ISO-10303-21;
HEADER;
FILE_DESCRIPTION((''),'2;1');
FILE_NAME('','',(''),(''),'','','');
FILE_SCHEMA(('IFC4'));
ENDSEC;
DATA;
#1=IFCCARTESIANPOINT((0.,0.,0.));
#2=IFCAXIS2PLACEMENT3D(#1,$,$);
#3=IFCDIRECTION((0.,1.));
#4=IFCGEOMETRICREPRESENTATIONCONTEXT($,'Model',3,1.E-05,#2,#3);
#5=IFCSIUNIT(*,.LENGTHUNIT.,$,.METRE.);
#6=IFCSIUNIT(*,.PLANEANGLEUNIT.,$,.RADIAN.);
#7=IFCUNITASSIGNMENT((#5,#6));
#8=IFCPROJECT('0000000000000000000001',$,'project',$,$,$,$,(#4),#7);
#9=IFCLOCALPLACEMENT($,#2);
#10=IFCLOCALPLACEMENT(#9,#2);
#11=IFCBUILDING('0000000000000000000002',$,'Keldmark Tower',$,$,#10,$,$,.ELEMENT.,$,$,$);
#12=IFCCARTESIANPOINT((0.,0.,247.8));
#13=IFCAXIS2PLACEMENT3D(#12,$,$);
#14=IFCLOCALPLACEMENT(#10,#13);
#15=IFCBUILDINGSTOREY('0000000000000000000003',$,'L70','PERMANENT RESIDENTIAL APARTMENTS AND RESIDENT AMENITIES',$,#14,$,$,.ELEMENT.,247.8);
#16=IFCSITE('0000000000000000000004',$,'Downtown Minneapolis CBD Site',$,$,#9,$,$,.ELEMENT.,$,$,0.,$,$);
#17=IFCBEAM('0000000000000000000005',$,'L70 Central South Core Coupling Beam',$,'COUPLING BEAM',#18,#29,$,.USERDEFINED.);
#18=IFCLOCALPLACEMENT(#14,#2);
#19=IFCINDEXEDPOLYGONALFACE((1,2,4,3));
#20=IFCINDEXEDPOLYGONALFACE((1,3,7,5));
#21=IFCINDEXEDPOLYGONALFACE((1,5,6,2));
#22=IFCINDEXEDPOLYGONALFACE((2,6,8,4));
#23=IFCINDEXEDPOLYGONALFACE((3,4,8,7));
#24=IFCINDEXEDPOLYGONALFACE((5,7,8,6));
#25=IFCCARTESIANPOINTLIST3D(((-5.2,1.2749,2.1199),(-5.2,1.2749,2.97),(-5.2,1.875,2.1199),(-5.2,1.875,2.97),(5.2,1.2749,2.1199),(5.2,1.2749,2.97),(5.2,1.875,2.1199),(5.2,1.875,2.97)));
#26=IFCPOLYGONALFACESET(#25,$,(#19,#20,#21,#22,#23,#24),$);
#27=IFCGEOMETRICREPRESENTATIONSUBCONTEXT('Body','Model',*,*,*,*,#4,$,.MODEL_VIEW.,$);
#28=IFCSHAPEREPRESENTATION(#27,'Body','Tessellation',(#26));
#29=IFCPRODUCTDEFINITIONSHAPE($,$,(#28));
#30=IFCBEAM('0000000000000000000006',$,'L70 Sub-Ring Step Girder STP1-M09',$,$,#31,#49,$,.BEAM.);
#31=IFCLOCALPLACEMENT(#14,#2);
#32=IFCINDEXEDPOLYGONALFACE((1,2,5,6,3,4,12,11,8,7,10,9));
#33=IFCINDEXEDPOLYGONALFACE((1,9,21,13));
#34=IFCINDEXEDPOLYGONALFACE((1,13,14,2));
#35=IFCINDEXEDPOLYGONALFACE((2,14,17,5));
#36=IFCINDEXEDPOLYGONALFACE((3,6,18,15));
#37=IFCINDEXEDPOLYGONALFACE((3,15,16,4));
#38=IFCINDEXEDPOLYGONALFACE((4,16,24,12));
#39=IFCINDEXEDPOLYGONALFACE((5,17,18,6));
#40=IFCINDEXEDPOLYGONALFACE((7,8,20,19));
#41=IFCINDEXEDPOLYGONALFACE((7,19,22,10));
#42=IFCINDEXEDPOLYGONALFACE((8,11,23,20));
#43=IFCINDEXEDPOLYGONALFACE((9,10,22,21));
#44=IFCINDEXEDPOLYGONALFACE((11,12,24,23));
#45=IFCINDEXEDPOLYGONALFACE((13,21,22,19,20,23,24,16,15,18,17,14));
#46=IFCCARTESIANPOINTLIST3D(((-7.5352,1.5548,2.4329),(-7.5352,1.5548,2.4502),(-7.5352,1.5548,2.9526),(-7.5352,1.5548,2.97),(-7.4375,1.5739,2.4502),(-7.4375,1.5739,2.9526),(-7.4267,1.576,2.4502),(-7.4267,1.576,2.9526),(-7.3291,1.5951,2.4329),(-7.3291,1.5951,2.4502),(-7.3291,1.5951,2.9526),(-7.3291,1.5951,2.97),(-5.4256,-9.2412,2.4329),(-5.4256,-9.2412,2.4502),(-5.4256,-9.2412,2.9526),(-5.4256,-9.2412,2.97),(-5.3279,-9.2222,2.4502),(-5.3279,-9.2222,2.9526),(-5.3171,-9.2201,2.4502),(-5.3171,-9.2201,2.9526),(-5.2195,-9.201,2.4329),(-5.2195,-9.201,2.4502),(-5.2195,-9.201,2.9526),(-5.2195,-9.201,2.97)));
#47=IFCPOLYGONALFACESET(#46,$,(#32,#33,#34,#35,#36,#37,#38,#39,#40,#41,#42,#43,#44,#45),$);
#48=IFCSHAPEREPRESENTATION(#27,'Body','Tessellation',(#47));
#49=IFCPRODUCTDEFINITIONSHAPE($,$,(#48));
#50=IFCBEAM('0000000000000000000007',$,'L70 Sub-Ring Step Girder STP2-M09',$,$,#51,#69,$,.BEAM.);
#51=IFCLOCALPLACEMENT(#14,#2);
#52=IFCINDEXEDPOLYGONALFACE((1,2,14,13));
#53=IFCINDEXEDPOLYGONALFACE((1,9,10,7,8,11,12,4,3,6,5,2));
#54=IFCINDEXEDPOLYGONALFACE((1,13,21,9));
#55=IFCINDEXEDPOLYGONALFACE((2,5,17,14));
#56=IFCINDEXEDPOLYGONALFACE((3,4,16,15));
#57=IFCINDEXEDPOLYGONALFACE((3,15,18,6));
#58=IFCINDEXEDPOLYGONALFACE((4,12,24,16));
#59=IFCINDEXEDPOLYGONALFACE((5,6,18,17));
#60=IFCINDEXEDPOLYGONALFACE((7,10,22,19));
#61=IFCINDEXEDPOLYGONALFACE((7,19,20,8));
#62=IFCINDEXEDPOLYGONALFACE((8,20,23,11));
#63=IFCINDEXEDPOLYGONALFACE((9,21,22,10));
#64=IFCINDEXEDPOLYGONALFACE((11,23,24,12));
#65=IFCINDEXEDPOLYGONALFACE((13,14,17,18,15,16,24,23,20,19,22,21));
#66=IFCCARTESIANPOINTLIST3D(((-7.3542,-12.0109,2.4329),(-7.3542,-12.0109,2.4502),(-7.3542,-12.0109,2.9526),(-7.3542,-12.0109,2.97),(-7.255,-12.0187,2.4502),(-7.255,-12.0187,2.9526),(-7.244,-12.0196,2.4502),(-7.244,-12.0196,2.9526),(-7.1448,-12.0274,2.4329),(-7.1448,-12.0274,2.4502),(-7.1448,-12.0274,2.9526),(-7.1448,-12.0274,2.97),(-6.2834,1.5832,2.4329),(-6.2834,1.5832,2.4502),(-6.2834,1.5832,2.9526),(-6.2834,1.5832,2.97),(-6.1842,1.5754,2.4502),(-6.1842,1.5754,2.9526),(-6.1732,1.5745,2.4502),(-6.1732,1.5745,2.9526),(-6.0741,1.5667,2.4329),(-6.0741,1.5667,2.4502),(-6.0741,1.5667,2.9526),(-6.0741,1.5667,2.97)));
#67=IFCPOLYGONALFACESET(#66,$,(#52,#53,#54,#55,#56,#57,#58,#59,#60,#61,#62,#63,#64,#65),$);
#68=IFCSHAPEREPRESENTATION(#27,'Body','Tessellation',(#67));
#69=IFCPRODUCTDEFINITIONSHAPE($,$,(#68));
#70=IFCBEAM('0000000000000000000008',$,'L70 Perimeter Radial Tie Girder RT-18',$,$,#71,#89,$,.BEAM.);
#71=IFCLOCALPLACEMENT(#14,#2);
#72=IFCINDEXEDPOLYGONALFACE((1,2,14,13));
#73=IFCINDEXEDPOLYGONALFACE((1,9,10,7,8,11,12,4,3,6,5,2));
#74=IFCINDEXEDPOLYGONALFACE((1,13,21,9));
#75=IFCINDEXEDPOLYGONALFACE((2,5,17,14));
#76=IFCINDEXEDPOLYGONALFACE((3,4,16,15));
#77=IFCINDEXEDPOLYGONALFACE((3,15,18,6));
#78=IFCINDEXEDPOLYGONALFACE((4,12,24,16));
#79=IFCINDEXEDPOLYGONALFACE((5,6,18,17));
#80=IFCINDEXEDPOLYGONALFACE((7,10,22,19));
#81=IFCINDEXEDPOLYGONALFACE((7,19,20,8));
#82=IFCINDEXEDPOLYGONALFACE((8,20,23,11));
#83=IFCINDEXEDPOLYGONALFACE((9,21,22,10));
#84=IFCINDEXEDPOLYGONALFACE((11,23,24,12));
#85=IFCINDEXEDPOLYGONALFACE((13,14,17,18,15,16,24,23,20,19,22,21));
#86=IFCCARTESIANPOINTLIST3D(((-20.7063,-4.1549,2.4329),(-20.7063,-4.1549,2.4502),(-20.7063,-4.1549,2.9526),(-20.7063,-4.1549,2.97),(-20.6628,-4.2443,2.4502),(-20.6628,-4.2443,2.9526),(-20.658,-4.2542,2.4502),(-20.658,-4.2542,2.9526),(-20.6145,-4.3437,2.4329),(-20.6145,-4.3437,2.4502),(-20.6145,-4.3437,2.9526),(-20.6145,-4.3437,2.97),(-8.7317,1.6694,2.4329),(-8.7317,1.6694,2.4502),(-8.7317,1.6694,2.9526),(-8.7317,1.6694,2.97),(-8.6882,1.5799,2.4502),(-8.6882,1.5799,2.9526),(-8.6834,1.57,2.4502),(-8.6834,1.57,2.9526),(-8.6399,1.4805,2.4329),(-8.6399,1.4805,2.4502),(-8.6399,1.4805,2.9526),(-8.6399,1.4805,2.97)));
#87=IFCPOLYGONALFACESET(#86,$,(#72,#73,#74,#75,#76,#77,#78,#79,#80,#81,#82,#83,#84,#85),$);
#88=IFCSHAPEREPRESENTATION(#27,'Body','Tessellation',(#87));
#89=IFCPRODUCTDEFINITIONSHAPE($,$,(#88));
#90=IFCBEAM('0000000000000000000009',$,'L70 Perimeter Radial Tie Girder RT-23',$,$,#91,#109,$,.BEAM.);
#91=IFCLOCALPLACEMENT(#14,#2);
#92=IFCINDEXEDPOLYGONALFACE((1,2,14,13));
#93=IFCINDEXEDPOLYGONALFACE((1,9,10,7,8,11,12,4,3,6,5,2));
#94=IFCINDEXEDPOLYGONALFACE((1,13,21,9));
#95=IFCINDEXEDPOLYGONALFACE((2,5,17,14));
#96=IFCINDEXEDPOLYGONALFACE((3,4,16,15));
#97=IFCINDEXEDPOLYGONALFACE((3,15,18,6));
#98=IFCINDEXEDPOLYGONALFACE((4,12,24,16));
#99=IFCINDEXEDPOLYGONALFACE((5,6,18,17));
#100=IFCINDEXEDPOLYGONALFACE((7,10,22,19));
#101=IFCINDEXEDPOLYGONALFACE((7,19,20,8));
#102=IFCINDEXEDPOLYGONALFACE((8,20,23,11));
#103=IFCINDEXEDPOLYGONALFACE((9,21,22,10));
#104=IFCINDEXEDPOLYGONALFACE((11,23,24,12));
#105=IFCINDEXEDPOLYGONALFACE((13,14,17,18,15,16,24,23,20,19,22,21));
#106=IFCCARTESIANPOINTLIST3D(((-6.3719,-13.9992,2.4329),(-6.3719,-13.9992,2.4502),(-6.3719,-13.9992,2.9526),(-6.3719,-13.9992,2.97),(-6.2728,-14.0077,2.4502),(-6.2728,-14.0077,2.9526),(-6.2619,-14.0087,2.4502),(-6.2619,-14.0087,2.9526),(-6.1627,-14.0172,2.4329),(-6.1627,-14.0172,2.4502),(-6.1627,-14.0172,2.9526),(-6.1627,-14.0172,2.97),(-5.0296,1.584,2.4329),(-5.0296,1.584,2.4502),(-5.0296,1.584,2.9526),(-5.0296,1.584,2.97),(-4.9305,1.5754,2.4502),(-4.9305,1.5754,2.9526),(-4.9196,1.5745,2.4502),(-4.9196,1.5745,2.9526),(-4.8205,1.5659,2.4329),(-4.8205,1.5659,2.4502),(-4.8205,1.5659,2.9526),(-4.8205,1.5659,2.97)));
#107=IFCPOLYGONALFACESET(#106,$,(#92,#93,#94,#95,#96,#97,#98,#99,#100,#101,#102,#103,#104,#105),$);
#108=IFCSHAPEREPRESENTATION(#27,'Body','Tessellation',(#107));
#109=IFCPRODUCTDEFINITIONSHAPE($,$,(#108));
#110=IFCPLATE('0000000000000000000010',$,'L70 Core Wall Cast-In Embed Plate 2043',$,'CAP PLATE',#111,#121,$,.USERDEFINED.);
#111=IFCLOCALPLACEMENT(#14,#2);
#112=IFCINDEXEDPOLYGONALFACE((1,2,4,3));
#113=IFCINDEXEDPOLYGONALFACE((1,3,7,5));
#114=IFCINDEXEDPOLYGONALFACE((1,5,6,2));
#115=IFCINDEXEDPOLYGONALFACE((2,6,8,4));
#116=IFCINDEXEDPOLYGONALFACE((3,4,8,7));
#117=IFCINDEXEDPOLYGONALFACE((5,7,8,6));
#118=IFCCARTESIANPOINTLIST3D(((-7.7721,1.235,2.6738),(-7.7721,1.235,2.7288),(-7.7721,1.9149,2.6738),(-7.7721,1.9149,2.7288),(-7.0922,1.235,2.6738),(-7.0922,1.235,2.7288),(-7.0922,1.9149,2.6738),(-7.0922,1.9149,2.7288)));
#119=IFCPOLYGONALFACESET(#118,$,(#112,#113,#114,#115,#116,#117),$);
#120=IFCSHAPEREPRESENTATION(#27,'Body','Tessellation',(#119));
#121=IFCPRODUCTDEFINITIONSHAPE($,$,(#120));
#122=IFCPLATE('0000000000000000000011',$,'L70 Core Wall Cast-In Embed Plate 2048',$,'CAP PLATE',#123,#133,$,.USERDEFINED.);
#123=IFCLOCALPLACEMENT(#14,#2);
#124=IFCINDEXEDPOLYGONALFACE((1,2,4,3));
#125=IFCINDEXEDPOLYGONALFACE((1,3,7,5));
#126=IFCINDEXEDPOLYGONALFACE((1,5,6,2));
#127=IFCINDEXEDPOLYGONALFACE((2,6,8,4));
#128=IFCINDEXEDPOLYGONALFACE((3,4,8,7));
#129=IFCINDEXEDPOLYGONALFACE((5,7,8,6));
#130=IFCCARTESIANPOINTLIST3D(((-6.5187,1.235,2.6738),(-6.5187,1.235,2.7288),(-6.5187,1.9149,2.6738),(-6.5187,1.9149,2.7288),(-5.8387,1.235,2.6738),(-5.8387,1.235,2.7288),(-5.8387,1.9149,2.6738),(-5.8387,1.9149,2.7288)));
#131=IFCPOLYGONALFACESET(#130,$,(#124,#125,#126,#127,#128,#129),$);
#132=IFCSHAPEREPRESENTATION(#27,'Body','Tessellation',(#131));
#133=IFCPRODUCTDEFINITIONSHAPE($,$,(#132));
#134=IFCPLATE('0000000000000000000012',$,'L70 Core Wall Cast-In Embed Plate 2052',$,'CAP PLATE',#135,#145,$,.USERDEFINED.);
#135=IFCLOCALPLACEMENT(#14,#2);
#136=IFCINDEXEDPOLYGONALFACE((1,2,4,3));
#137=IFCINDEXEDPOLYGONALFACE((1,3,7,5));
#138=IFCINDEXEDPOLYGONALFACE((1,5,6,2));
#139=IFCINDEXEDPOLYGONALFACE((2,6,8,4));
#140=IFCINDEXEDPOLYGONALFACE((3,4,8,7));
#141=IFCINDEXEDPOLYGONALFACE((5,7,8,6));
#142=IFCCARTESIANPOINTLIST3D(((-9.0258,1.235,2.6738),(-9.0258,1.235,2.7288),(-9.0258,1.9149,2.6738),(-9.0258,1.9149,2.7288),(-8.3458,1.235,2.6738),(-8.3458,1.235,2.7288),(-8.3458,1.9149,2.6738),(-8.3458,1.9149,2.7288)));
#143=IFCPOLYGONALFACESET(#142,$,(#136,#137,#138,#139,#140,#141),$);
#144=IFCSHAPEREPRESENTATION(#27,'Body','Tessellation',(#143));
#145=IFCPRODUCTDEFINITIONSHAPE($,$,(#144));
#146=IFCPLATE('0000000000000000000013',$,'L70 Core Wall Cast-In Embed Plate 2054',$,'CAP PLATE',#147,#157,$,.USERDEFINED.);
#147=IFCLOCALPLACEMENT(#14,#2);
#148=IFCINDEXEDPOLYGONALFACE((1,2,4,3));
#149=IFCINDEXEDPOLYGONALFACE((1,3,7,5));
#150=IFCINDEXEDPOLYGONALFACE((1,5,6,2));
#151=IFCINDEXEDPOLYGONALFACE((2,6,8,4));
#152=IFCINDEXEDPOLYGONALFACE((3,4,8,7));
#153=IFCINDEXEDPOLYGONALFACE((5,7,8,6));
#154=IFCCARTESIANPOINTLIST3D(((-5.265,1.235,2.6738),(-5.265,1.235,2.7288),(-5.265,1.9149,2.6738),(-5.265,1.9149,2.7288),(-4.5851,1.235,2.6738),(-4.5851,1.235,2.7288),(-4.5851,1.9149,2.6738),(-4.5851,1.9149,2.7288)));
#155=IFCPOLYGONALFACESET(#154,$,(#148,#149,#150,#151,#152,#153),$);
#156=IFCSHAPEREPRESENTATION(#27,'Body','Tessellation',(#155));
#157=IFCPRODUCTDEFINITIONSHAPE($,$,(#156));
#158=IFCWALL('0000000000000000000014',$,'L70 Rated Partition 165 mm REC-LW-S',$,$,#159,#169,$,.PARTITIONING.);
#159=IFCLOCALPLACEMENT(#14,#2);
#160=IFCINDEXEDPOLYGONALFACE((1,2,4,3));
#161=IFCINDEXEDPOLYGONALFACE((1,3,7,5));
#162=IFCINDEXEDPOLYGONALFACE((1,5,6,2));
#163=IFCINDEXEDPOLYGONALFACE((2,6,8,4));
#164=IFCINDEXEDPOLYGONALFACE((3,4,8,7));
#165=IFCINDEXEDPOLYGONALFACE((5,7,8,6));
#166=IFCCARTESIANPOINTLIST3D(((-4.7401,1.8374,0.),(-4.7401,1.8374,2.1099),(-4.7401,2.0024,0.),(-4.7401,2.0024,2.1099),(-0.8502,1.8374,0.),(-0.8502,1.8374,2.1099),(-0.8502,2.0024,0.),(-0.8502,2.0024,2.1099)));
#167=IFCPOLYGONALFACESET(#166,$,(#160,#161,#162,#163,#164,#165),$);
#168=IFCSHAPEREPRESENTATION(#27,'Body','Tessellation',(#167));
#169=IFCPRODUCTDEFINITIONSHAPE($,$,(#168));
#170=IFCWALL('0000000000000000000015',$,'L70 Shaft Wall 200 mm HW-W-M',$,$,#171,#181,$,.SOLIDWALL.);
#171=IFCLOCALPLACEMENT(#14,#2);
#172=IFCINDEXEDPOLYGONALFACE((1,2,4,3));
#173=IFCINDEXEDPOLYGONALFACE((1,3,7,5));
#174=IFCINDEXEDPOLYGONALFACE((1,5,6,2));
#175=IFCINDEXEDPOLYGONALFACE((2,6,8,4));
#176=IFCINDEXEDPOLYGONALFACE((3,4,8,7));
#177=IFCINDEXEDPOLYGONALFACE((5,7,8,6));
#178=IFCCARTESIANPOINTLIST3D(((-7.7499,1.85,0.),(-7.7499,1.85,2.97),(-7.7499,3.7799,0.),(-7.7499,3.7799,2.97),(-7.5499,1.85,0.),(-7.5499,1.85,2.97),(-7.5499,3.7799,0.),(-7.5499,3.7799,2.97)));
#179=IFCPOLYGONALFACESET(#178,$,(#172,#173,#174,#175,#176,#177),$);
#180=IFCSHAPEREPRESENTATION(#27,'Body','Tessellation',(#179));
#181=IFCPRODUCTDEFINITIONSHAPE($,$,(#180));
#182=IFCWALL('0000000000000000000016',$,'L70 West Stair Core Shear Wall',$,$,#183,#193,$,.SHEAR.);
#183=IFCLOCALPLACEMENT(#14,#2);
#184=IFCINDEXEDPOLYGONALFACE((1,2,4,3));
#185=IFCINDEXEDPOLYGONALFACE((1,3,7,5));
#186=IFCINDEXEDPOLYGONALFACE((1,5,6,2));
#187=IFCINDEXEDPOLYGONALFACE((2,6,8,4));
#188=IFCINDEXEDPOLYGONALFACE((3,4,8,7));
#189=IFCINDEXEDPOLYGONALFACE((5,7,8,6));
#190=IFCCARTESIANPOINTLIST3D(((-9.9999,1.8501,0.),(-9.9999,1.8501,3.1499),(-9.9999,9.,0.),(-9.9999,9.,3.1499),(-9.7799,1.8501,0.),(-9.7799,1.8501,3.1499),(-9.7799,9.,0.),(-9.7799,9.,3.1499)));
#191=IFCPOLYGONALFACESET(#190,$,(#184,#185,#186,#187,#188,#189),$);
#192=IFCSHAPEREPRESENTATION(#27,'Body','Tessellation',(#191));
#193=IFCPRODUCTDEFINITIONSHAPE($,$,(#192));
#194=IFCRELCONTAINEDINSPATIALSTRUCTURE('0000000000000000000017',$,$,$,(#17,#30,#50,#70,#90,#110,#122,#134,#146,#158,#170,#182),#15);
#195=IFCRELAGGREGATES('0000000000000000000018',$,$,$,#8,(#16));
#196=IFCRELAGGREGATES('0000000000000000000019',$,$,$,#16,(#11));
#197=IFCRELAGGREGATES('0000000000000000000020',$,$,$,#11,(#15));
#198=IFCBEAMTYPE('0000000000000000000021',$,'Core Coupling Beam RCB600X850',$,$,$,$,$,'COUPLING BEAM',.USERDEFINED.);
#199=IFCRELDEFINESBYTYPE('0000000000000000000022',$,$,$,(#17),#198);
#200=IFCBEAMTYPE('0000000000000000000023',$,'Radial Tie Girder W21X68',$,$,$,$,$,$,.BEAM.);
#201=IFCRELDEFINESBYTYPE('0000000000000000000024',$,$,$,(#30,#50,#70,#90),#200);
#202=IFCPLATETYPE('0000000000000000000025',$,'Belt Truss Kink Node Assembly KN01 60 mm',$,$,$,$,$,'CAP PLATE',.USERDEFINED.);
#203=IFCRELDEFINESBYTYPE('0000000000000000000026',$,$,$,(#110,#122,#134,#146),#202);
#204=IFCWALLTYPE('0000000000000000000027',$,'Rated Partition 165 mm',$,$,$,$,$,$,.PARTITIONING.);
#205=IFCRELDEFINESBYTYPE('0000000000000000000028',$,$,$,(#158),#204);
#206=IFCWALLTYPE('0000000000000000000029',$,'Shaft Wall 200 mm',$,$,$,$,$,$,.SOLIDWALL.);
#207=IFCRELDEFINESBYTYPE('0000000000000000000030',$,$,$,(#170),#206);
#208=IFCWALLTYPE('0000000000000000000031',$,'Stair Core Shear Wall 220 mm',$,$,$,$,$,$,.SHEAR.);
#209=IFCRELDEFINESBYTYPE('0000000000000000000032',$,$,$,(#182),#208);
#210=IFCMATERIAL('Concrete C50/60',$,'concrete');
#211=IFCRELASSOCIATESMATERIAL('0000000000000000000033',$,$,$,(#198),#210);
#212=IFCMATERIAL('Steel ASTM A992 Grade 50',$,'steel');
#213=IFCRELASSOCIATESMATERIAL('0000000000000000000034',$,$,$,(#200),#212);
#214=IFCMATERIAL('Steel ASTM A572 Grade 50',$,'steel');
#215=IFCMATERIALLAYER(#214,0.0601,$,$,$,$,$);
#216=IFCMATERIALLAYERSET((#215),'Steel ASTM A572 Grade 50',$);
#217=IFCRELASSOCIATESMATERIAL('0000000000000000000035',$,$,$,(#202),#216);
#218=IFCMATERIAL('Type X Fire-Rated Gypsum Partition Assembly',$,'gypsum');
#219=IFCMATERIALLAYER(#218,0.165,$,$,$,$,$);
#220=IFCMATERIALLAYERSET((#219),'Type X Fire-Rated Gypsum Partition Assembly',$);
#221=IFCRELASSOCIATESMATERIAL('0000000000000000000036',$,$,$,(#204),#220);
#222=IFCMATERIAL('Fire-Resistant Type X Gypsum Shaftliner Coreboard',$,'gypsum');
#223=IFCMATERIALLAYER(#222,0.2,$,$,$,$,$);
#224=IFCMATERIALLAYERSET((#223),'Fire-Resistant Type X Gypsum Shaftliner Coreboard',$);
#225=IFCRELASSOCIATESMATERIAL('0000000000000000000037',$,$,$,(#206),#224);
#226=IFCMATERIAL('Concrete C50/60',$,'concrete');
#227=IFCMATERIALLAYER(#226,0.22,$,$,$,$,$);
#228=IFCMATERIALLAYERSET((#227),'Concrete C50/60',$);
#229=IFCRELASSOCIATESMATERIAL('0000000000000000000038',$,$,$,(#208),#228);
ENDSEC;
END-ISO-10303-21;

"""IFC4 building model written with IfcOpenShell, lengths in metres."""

from ifc_helpers import new_model, si_unit, direction, frame, frame_2d, origin, origin_2d, place, context, subcontext, project, spatial, rectangle, i_section, extrude, material, layer, layer_set, material_profile, profile_set, type_object, element, save


model = new_model("IFC4")

# Units and contexts
model_context = context("Model", 3, precision=1e-05, world=origin(), true_north=direction((0.0, 1.0)))
body_context = subcontext(model_context, "Body", "Model", "MODEL_VIEW")
ifc_project = project(units=[si_unit("LENGTHUNIT", "METRE"), si_unit("PLANEANGLEUNIT", "RADIAN")], contexts=[model_context])

# Site, building, storey
site_placement = place(None, origin())
site = spatial("IfcSite", under=ifc_project, at=site_placement, Name="Downtown Minneapolis CBD Site", CompositionType="ELEMENT", RefElevation=0.0)
building_placement = place(site_placement, origin())
building = spatial("IfcBuilding", under=site, at=building_placement, Name="Keldmark Tower", CompositionType="ELEMENT")
storey_placement = place(building_placement, frame((0.0, 0.0, 247.8)))
storey = spatial("IfcBuildingStorey", under=building, at=storey_placement, Name="L70", Description="PERMANENT RESIDENTIAL APARTMENTS AND RESIDENT AMENITIES", CompositionType="ELEMENT", Elevation=247.8)

# Beams
ifc_material_1 = material(Name="Concrete C50/60", Category="concrete")
ifc_material_profile_1 = material_profile(ifc_material_1, rectangle(XDim=0.6001, YDim=0.8501, at=origin_2d()), Name="RCB600X850")
ifc_profile_set_1 = profile_set([ifc_material_profile_1], Name="Concrete C50/60")
beam_type_1 = type_object("IfcBeamType", Name="Core Coupling Beam RCB600X850", ElementType="COUPLING BEAM", PredefinedType="USERDEFINED", material=ifc_profile_set_1)
beam_1_placement = place(storey_placement, frame((-5.2, 1.575, 2.5449), z_axis=(1.0, 0.0, 0.0), x_axis=(0.0, 1.0, 0.0)))
element("IfcBeam", 1, at=beam_1_placement, inside=storey, type_object=beam_type_1, Name="L70 Central South Core Coupling Beam", ObjectType="COUPLING BEAM", PredefinedType="USERDEFINED", context=body_context, shape_type="SweptSolid", body=[
    extrude(rectangle(XDim=0.6001, YDim=0.8501, at=origin_2d()), origin(), (0.0, 0.0, 1.0), 10.3999),
])
ifc_material_2 = material(Name="Steel ASTM A992 Grade 50", Category="steel")
ifc_material_profile_2 = material_profile(ifc_material_2, i_section(OverallWidth=0.21, OverallDepth=0.5371, WebThickness=0.011, FlangeThickness=0.0173, at=origin_2d()), Name="W21X68")
ifc_profile_set_2 = profile_set([ifc_material_profile_2], Name="Steel ASTM A992 Grade 50")
beam_type_2 = type_object("IfcBeamType", Name="Radial Tie Girder W21X68", PredefinedType="BEAM", material=ifc_profile_set_2)
beam_2_placement = place(storey_placement, frame((-7.4321, 1.575, 2.7014), z_axis=(0.191778, -0.981438, 0.0), x_axis=(0.981438, 0.191778, 0.0)))
element("IfcBeam", 2, at=beam_2_placement, inside=storey, type_object=beam_type_2, Name="L70 Sub-Ring Step Girder STP1-M09", PredefinedType="BEAM", context=body_context, shape_type="SweptSolid", body=[
    extrude(i_section(OverallWidth=0.21, OverallDepth=0.5371, WebThickness=0.011, FlangeThickness=0.0173, at=origin_2d()), origin(), (0.0, 0.0, 1.0), 11.0002),
])
beam_3_placement = place(storey_placement, frame((-6.1787, 1.575, 2.7014), z_axis=(-0.078525, -0.996912, 0.0), x_axis=(0.996912, -0.078525, 0.0)))
element("IfcBeam", 3, at=beam_3_placement, inside=storey, type_object=beam_type_2, Name="L70 Sub-Ring Step Girder STP2-M09", PredefinedType="BEAM", context=body_context, shape_type="SweptSolid", body=[
    extrude(i_section(OverallWidth=0.21, OverallDepth=0.5371, WebThickness=0.011, FlangeThickness=0.0173, at=origin_2d()), origin(), (0.0, 0.0, 1.0), 13.6362),
])
beam_4_placement = place(storey_placement, frame((-8.6858, 1.575, 2.7014), z_axis=(-0.899273, -0.437389, 0.0), x_axis=(0.437389, -0.899273, 0.0)))
element("IfcBeam", 4, at=beam_4_placement, inside=storey, type_object=beam_type_2, Name="L70 Perimeter Radial Tie Girder RT-18", PredefinedType="BEAM", context=body_context, shape_type="SweptSolid", body=[
    extrude(i_section(OverallWidth=0.21, OverallDepth=0.5371, WebThickness=0.011, FlangeThickness=0.0173, at=origin_2d()), origin(), (0.0, 0.0, 1.0), 13.3159),
])
beam_5_placement = place(storey_placement, frame((-4.925, 1.575, 2.7014), z_axis=(-0.085819, -0.996311, 0.0), x_axis=(0.996311, -0.085819, 0.0)))
element("IfcBeam", 5, at=beam_5_placement, inside=storey, type_object=beam_type_2, Name="L70 Perimeter Radial Tie Girder RT-23", PredefinedType="BEAM", context=body_context, shape_type="SweptSolid", body=[
    extrude(i_section(OverallWidth=0.21, OverallDepth=0.5371, WebThickness=0.011, FlangeThickness=0.0173, at=origin_2d()), origin(), (0.0, 0.0, 1.0), 15.6409),
])

# Plates
ifc_material_3 = material(Name="Steel ASTM A572 Grade 50", Category="steel")
ifc_layer_1 = layer(ifc_material_3, 0.0601)
ifc_layer_set_1 = layer_set([ifc_layer_1], Name="Steel ASTM A572 Grade 50")
plate_type = type_object("IfcPlateType", Name="Belt Truss Kink Node Assembly KN01 60 mm", ElementType="CAP PLATE", PredefinedType="USERDEFINED", material=ifc_layer_set_1)
for number, where, z_axis, x_axis, name in (
    (6, (-7.4321, 1.575, 2.6738), (0.0, 0.0, 1.0), (1.0, 0.0, 0.0), "L70 Core Wall Cast-In Embed Plate 2043"),
    (7, (-6.1787, 1.575, 2.6738), (0.0, 0.0, 1.0), (1.0, 0.0, 0.0), "L70 Core Wall Cast-In Embed Plate 2048"),
    (8, (-8.6858, 1.575, 2.6738), (0.0, 0.0, 1.0), (1.0, 0.0, 0.0), "L70 Core Wall Cast-In Embed Plate 2052"),
    (9, (-4.925, 1.575, 2.6738), (0.0, 0.0, 1.0), (1.0, 0.0, 0.0), "L70 Core Wall Cast-In Embed Plate 2054"),
):
    element("IfcPlate", number, at=place(storey_placement, frame(where, z_axis=z_axis, x_axis=x_axis)), inside=storey, type_object=plate_type, Name=name, ObjectType="CAP PLATE", PredefinedType="USERDEFINED", context=body_context, shape_type="SweptSolid", body=[
        extrude(rectangle(XDim=0.6799, YDim=0.6799, at=origin_2d()), origin(), (0.0, 0.0, 1.0), 0.0549),
    ])

# Walls
ifc_material_4 = material(Name="Type X Fire-Rated Gypsum Partition Assembly", Category="gypsum")
ifc_layer_2 = layer(ifc_material_4, 0.165)
ifc_layer_set_2 = layer_set([ifc_layer_2], Name="Type X Fire-Rated Gypsum Partition Assembly")
wall_type_1 = type_object("IfcWallType", Name="Rated Partition 165 mm", PredefinedType="PARTITIONING", material=ifc_layer_set_2)
wall_1_placement = place(storey_placement, frame((-4.74, 1.9199, 0.0), z_axis=(0.0, 0.0, 1.0), x_axis=(1.0, 0.0, 0.0)))
element("IfcWall", 10, at=wall_1_placement, inside=storey, type_object=wall_type_1, Name="L70 Rated Partition 165 mm REC-LW-S", PredefinedType="PARTITIONING", context=body_context, shape_type="SweptSolid", body=[
    extrude(rectangle(XDim=3.8899, YDim=0.165, at=frame_2d((1.9448, 0.0))), origin(), (0.0, 0.0, 1.0), 2.1099),
])
ifc_material_5 = material(Name="Fire-Resistant Type X Gypsum Shaftliner Coreboard", Category="gypsum")
ifc_layer_3 = layer(ifc_material_5, 0.2)
ifc_layer_set_3 = layer_set([ifc_layer_3], Name="Fire-Resistant Type X Gypsum Shaftliner Coreboard")
wall_type_2 = type_object("IfcWallType", Name="Shaft Wall 200 mm", PredefinedType="SOLIDWALL", material=ifc_layer_set_3)
wall_2_placement = place(storey_placement, frame((-7.6499, 1.8501, 0.0), z_axis=(0.0, 0.0, 1.0), x_axis=(0.0, 1.0, 0.0)))
element("IfcWall", 11, at=wall_2_placement, inside=storey, type_object=wall_type_2, Name="L70 Shaft Wall 200 mm HW-W-M", PredefinedType="SOLIDWALL", context=body_context, shape_type="SweptSolid", body=[
    extrude(rectangle(XDim=1.9299, YDim=0.2, at=frame_2d((0.9648, 0.0))), origin(), (0.0, 0.0, 1.0), 2.97),
])
ifc_material_6 = material(Name="Concrete C50/60", Category="concrete")
ifc_layer_4 = layer(ifc_material_6, 0.22)
ifc_layer_set_4 = layer_set([ifc_layer_4], Name="Concrete C50/60")
wall_type_3 = type_object("IfcWallType", Name="Stair Core Shear Wall 220 mm", PredefinedType="SHEAR", material=ifc_layer_set_4)
wall_3_placement = place(storey_placement, frame((-9.8899, 1.8501, 0.0), z_axis=(0.0, 0.0, 1.0), x_axis=(0.0, 1.0, 0.0)))
element("IfcWall", 12, at=wall_3_placement, inside=storey, type_object=wall_type_3, Name="L70 West Stair Core Shear Wall", PredefinedType="SHEAR", context=body_context, shape_type="SweptSolid", body=[
    extrude(rectangle(XDim=7.1499, YDim=0.22, at=frame_2d((3.575, 0.0))), origin(), (0.0, 0.0, 1.0), 3.1499),
])

save(model, "model.ifc")
